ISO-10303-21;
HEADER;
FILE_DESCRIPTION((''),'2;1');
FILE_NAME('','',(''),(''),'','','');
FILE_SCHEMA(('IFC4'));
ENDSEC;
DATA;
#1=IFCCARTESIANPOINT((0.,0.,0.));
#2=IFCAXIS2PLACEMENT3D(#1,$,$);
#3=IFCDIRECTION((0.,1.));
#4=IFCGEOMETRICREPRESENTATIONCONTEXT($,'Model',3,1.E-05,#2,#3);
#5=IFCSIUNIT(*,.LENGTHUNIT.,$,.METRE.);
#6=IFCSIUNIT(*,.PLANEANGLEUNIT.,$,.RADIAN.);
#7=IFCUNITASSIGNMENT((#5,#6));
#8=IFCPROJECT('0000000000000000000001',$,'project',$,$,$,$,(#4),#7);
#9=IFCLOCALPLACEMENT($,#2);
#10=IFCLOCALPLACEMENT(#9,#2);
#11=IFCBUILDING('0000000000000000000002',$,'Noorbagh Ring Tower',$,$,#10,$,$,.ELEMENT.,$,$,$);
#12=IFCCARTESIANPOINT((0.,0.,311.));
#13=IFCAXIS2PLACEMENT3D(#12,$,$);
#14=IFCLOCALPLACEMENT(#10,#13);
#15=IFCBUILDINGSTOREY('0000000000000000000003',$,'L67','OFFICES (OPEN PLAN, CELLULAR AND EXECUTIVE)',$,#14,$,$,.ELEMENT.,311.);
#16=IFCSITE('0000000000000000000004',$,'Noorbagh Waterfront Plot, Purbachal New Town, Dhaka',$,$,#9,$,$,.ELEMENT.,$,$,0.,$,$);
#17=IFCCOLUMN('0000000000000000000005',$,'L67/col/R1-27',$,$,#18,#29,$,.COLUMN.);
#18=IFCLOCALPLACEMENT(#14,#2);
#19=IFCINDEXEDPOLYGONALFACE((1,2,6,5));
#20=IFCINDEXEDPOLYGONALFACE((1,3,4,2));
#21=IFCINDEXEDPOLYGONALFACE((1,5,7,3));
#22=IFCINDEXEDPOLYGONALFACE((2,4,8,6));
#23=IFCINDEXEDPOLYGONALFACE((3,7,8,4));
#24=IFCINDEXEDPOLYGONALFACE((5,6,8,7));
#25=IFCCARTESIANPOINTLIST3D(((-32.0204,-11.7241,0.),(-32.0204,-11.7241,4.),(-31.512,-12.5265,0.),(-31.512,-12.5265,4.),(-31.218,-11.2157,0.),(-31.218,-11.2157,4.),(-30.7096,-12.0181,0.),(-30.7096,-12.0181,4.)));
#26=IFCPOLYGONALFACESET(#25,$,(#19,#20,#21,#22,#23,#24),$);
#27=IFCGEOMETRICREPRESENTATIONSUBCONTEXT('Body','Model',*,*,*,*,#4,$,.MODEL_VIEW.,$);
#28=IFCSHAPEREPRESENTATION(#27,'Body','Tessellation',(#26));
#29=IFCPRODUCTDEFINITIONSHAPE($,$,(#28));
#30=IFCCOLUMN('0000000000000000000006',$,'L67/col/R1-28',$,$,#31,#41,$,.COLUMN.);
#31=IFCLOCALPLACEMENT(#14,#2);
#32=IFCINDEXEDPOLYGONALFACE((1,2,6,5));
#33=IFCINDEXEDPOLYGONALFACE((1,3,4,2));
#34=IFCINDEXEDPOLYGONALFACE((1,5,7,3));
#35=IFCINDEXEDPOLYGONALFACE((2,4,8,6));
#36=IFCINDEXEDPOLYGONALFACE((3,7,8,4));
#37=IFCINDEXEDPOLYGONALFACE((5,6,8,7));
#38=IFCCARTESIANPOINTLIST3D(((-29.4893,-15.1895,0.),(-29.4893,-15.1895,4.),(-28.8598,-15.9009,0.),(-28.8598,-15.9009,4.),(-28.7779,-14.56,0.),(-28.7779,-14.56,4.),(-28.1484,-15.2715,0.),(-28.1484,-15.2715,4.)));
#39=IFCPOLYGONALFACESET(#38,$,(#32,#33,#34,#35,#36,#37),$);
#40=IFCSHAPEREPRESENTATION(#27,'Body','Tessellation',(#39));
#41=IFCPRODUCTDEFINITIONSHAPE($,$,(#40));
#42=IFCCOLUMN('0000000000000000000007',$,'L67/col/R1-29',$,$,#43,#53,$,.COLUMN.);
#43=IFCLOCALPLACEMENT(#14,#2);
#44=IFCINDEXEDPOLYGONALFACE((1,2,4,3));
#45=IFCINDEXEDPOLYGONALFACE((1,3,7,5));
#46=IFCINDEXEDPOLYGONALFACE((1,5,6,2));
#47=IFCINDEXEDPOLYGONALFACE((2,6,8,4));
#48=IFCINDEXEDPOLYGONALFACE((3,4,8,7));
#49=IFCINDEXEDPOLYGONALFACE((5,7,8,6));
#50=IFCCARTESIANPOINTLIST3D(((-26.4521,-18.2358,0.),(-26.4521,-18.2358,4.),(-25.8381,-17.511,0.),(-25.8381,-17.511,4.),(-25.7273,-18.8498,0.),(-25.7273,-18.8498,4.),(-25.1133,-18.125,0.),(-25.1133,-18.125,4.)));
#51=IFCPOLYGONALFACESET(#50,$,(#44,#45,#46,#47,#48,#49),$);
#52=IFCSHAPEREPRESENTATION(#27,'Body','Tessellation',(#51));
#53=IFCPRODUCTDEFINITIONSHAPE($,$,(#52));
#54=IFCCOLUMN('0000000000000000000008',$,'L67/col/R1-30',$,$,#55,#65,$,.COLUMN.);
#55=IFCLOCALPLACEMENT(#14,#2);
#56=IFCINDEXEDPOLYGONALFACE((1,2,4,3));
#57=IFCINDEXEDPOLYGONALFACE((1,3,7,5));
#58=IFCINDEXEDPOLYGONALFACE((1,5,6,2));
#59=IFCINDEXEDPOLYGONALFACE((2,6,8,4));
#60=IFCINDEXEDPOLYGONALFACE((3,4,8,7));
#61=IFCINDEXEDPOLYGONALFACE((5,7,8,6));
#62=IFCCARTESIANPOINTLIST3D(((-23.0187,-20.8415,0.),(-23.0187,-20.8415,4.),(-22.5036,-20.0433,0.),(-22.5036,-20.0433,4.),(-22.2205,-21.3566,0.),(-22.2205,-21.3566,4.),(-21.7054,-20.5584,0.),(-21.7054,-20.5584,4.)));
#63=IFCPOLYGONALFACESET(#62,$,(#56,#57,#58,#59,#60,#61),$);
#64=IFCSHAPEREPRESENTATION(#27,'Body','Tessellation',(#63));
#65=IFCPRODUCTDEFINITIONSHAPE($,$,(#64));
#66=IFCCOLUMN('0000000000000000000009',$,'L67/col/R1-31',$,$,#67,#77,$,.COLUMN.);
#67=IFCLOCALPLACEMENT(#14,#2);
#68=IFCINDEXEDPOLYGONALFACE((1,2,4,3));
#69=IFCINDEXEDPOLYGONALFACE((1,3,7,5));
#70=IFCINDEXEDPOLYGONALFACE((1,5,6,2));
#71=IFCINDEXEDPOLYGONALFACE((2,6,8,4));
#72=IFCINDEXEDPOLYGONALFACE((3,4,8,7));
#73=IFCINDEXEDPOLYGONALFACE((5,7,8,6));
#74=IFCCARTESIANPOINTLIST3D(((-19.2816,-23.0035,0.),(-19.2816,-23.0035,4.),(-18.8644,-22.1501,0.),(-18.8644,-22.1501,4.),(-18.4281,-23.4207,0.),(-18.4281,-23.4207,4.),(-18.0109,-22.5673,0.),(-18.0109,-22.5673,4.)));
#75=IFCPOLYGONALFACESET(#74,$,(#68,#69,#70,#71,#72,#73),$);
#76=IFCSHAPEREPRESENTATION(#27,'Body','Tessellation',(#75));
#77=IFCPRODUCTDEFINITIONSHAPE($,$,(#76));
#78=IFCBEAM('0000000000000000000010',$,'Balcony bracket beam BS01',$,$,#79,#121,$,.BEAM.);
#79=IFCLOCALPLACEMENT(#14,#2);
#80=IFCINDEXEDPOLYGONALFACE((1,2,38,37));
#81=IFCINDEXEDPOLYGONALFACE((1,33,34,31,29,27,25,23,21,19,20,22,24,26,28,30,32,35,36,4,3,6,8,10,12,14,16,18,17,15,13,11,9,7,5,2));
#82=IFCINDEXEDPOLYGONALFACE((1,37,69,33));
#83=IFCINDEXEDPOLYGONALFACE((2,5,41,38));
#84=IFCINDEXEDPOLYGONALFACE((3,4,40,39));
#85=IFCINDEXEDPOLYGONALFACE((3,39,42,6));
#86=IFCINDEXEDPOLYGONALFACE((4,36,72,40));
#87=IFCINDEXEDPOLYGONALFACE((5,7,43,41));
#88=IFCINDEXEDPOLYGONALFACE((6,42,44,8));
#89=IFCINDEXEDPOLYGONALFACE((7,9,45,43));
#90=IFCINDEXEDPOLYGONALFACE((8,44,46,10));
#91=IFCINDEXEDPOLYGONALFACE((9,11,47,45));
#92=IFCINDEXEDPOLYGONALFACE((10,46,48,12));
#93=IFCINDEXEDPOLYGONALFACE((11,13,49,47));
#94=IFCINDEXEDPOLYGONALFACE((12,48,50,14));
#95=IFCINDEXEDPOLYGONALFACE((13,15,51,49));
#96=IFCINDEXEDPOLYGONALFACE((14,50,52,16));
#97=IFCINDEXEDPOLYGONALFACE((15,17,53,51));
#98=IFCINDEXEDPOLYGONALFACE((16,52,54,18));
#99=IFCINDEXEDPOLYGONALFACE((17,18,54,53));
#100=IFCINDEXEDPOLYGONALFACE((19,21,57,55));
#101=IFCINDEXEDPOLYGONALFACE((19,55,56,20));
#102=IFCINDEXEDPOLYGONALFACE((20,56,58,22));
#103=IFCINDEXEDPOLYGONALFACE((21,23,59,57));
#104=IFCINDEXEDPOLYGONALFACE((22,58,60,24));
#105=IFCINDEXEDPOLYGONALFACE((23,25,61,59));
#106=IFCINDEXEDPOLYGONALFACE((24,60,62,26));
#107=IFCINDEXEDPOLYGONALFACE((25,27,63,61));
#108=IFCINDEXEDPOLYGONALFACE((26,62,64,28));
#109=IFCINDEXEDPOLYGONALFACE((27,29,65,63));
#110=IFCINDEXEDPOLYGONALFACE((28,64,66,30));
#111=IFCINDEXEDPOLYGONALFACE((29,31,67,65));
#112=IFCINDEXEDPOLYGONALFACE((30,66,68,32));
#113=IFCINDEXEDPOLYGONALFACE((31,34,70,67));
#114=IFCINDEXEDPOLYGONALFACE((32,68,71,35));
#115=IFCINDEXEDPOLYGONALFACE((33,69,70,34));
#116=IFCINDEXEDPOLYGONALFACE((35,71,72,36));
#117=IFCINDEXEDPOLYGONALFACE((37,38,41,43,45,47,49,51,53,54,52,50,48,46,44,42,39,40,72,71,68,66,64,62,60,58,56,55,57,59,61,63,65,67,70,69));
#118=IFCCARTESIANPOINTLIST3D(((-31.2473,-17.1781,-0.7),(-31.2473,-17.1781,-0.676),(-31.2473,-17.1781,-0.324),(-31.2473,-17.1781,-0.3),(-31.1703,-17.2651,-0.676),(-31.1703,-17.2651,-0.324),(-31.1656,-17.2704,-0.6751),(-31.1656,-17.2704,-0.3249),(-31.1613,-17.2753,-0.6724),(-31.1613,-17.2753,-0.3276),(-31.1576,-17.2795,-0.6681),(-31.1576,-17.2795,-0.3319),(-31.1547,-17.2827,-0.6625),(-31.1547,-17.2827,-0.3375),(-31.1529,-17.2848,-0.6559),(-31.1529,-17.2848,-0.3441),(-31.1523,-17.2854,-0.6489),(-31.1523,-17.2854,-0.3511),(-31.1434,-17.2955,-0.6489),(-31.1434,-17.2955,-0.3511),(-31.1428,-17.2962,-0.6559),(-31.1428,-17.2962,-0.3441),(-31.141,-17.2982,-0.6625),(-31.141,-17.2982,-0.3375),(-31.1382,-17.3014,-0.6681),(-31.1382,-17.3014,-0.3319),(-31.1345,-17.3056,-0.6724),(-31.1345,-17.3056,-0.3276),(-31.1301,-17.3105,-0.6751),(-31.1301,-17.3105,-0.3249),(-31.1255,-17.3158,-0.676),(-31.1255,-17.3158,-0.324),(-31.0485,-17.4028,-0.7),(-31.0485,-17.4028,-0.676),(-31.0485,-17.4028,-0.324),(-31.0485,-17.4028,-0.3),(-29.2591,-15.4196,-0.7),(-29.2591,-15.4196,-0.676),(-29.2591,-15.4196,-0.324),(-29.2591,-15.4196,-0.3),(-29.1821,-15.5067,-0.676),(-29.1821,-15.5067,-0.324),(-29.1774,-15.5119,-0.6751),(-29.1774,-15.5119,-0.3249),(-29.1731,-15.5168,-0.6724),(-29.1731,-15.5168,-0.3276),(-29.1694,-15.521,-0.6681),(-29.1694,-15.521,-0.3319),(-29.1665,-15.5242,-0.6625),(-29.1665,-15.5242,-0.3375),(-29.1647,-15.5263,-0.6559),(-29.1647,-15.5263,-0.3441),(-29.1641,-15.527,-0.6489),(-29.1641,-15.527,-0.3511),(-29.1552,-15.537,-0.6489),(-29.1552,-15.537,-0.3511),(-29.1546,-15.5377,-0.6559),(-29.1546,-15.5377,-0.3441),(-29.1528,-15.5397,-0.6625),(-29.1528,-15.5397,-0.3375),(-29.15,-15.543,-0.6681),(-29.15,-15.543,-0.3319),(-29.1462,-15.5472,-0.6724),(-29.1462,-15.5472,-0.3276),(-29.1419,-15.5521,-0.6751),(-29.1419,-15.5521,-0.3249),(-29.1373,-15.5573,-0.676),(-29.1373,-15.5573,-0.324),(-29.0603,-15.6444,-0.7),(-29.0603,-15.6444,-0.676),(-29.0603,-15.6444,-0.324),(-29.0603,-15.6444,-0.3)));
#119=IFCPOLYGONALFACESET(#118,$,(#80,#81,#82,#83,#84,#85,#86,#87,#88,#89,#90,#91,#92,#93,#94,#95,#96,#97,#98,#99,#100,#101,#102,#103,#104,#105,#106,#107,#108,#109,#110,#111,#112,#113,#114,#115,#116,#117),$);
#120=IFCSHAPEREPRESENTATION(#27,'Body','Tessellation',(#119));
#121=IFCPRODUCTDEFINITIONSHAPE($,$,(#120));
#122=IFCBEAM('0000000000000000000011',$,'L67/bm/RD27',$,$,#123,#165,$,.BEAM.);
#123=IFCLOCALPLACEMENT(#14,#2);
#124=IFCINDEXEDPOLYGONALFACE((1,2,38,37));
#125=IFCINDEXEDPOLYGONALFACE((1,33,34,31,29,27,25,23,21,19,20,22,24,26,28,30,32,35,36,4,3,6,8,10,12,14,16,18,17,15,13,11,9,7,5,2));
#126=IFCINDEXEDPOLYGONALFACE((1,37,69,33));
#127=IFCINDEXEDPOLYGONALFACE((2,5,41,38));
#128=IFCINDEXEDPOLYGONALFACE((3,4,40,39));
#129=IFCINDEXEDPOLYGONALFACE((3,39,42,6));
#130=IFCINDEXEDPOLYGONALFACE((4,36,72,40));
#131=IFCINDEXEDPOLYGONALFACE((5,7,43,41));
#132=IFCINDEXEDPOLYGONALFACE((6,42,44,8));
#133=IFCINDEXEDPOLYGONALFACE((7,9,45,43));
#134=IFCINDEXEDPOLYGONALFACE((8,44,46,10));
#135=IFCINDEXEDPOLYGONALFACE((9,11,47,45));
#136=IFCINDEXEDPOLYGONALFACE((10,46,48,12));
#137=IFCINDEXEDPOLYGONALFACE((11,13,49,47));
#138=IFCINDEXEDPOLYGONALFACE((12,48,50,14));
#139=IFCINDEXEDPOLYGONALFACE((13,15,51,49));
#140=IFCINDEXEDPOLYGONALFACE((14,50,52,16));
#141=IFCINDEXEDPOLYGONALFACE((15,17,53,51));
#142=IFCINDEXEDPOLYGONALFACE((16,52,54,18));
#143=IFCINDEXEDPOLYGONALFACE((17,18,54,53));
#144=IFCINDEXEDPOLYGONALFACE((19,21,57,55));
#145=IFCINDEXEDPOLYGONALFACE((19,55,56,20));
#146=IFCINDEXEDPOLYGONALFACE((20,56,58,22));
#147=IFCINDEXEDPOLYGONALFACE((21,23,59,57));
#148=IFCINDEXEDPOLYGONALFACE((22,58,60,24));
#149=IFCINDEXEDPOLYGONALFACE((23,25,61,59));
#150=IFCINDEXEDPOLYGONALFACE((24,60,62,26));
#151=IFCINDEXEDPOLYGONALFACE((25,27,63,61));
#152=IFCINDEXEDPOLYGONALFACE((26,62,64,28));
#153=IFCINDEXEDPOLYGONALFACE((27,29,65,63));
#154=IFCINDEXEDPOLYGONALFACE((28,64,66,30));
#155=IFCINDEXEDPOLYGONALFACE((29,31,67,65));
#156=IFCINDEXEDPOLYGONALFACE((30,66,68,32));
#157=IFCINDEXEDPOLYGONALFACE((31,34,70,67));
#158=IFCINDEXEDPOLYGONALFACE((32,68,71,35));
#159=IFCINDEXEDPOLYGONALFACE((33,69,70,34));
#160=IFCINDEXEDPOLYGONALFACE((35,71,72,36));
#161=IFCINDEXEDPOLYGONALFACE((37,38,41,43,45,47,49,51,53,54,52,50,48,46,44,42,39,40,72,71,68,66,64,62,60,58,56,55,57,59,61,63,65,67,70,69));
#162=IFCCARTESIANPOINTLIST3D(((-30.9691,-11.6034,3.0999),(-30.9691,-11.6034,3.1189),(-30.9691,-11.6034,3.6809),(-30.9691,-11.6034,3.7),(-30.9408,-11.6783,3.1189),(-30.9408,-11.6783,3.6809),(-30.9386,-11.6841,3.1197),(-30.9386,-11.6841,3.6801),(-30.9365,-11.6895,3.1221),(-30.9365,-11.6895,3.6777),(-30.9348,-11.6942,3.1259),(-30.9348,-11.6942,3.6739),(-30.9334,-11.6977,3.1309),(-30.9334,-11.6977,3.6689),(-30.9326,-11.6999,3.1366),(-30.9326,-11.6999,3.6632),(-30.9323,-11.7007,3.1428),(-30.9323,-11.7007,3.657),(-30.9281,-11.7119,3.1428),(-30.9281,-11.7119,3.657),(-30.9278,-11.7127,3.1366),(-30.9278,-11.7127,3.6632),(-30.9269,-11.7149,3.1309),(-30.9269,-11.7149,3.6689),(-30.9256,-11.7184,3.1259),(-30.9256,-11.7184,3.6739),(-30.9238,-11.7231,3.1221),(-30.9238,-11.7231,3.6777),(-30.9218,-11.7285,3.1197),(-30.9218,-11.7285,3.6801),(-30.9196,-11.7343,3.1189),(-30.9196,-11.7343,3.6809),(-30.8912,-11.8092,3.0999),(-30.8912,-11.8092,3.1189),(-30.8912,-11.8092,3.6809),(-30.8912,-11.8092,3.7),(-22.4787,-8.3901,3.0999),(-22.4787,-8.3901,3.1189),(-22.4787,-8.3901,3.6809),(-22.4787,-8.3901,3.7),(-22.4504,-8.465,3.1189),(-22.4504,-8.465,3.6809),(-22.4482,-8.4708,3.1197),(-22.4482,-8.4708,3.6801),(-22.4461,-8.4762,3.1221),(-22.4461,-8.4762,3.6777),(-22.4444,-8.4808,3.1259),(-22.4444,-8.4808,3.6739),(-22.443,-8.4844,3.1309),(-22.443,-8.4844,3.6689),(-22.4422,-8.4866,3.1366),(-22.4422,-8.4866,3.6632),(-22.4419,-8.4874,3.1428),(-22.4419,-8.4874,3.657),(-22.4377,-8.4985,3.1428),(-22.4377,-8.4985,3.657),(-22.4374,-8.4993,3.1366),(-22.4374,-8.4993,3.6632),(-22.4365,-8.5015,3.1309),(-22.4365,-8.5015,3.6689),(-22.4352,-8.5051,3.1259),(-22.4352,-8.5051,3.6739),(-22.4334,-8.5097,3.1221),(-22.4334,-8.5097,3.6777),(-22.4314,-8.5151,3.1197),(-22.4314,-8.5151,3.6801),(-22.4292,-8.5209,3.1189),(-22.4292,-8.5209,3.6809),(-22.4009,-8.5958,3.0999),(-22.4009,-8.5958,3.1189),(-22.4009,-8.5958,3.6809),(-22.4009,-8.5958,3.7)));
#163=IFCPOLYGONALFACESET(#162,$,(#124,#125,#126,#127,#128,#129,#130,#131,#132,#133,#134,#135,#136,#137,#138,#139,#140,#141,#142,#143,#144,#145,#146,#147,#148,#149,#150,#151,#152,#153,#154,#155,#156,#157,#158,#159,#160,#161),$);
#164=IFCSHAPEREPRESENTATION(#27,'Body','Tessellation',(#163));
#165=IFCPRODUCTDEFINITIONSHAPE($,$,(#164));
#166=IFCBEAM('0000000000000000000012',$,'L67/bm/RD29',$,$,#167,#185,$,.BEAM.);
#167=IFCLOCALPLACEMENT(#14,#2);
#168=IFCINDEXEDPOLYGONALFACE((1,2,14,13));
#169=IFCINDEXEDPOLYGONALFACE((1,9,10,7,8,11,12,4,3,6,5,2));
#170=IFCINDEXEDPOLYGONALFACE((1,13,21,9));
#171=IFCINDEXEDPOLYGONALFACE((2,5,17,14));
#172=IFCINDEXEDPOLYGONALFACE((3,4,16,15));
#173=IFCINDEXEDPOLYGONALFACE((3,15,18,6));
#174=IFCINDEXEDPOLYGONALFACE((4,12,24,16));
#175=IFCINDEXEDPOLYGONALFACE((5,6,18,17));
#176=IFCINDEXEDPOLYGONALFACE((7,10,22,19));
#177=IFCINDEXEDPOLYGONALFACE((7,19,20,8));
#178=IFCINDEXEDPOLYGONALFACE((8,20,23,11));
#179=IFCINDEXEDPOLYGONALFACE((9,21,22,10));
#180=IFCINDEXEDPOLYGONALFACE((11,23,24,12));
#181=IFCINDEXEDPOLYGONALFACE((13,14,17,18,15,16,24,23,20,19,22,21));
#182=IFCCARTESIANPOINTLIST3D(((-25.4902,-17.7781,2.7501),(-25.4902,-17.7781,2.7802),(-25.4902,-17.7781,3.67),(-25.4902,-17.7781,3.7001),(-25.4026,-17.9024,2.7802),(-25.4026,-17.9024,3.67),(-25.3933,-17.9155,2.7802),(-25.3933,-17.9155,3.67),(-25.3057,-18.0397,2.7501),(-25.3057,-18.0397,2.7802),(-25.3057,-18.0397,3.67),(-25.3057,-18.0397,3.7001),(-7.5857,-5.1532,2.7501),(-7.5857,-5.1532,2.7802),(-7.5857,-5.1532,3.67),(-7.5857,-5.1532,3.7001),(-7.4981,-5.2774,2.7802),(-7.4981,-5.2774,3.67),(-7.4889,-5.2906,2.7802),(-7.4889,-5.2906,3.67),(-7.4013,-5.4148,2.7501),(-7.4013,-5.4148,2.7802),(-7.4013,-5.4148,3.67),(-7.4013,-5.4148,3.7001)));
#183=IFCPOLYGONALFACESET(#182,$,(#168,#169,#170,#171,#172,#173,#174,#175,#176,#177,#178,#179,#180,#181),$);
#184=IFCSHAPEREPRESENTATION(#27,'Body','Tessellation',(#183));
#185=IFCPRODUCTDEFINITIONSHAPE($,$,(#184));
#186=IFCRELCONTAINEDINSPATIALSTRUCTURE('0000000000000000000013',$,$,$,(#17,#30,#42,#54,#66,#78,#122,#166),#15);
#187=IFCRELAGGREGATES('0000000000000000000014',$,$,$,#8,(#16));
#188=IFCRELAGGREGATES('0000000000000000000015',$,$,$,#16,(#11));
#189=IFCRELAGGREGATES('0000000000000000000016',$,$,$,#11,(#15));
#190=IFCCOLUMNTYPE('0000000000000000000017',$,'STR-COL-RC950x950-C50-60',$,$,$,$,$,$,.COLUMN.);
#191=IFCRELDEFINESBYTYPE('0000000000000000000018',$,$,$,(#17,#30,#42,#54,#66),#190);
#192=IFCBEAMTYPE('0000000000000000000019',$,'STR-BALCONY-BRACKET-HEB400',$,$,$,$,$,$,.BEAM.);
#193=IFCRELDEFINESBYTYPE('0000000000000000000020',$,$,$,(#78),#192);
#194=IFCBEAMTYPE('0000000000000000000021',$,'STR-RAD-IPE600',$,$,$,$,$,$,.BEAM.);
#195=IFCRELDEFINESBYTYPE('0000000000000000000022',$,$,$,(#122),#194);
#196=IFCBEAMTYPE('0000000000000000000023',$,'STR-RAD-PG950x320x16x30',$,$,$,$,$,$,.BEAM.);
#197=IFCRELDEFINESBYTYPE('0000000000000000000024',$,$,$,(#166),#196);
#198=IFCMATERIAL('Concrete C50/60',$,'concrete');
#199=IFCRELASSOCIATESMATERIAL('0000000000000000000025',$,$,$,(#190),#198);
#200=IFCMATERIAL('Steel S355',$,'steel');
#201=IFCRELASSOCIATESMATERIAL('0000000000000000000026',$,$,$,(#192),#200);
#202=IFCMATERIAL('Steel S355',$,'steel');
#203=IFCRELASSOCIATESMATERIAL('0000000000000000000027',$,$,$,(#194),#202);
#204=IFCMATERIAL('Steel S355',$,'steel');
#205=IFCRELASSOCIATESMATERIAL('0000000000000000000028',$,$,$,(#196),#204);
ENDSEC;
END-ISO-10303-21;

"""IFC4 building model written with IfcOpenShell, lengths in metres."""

from ifc_helpers import new_model, si_unit, direction, frame, origin, origin_2d, place, context, subcontext, project, spatial, rectangle, i_section, extrude, material, material_profile, profile_set, type_object, element, save


model = new_model("IFC4")

# Units and contexts
model_context = context("Model", 3, precision=1e-05, world=origin(), true_north=direction((0.0, 1.0)))
body_context = subcontext(model_context, "Body", "Model", "MODEL_VIEW")
ifc_project = project(units=[si_unit("LENGTHUNIT", "METRE"), si_unit("PLANEANGLEUNIT", "RADIAN")], contexts=[model_context])

# Site, building, storey
site_placement = place(None, origin())
site = spatial("IfcSite", under=ifc_project, at=site_placement, Name="Noorbagh Waterfront Plot, Purbachal New Town, Dhaka", CompositionType="ELEMENT", RefElevation=0.0)
building_placement = place(site_placement, origin())
building = spatial("IfcBuilding", under=site, at=building_placement, Name="Noorbagh Ring Tower", CompositionType="ELEMENT")
storey_placement = place(building_placement, frame((0.0, 0.0, 311.0)))
storey = spatial("IfcBuildingStorey", under=building, at=storey_placement, Name="L67", Description="OFFICES (OPEN PLAN, CELLULAR AND EXECUTIVE)", CompositionType="ELEMENT", Elevation=311.0)

# Columns
ifc_material_1 = material(Name="Concrete C50/60", Category="concrete")
ifc_material_profile_1 = material_profile(ifc_material_1, rectangle(XDim=0.95, YDim=0.95, at=origin_2d()), Name="RC950x950")
ifc_profile_set_1 = profile_set([ifc_material_profile_1], Name="Concrete C50/60")
column_type = type_object("IfcColumnType", Name="STR-COL-RC950x950-C50-60", PredefinedType="COLUMN", material=ifc_profile_set_1)
for number, where, z_axis, x_axis, name in (
    (1, (-31.365, -11.8711, 0.0), (0.0, 0.0, 1.0), (0.53519, -0.844731, 0.0), "L67/col/R1-27"),
    (2, (-28.8188, -15.2305, 0.0), (0.0, 0.0, 1.0), (0.662636, -0.748942, 0.0), "L67/col/R1-28"),
    (3, (-25.7827, -18.1804, 0.0), (0.0, 0.0, 1.0), (0.763035, -0.646357, 0.0), "L67/col/R1-29"),
    (4, (-22.3621, -20.7, 0.0), (0.0, 0.0, 1.0), (0.840248, -0.542203, 0.0), "L67/col/R1-30"),
    (5, (-18.6462, -22.7854, 0.0), (0.0, 0.0, 1.0), (0.898399, -0.43918, 0.0), "L67/col/R1-31"),
):
    element("IfcColumn", number, at=place(storey_placement, frame(where, z_axis=z_axis, x_axis=x_axis)), inside=storey, type_object=column_type, Name=name, PredefinedType="COLUMN", context=body_context, shape_type="SweptSolid", body=[
        extrude(rectangle(XDim=0.95, YDim=0.95, at=origin_2d()), origin(), (0.0, 0.0, 1.0), 4.0),
    ])

# Beams
ifc_material_2 = material(Name="Steel S355", Category="steel")
ifc_material_profile_2 = material_profile(ifc_material_2, i_section(OverallWidth=0.3, OverallDepth=0.3999, WebThickness=0.0134, FlangeThickness=0.0239, FilletRadius=0.0271, at=origin_2d()), Name="HEB400")
ifc_profile_set_2 = profile_set([ifc_material_profile_2], Name="Steel S355")
beam_type_1 = type_object("IfcBeamType", Name="STR-BALCONY-BRACKET-HEB400", PredefinedType="BEAM", material=ifc_profile_set_2)
beam_1_placement = place(storey_placement, frame((-29.1597, -15.532, -0.5), z_axis=(-0.749056, -0.662506, 0.0), x_axis=(0.662506, -0.749056, 0.0)))
element("IfcBeam", 6, at=beam_1_placement, inside=storey, type_object=beam_type_1, Name="Balcony bracket beam BS01", PredefinedType="BEAM", context=body_context, shape_type="SweptSolid", body=[
    extrude(i_section(OverallWidth=0.3, OverallDepth=0.3999, WebThickness=0.0134, FlangeThickness=0.0239, FilletRadius=0.0271, at=origin_2d()), origin(), (0.0, 0.0, 1.0), 2.6543),
])
ifc_material_3 = material(Name="Steel S355", Category="steel")
ifc_material_profile_3 = material_profile(ifc_material_3, i_section(OverallWidth=0.22, OverallDepth=0.6001, WebThickness=0.012, FlangeThickness=0.019, FilletRadius=0.0239, at=origin_2d()), Name="IPE600")
ifc_profile_set_3 = profile_set([ifc_material_profile_3], Name="Steel S355")
beam_type_2 = type_object("IfcBeamType", Name="STR-RAD-IPE600", PredefinedType="BEAM", material=ifc_profile_set_3)
beam_2_placement = place(storey_placement, frame((-30.9302, -11.7063, 3.3999), z_axis=(0.935258, 0.353966, 0.0), x_axis=(-0.353966, 0.935258, 0.0)))
element("IfcBeam", 7, at=beam_2_placement, inside=storey, type_object=beam_type_2, Name="L67/bm/RD27", PredefinedType="BEAM", context=body_context, shape_type="SweptSolid", body=[
    extrude(i_section(OverallWidth=0.22, OverallDepth=0.6001, WebThickness=0.012, FlangeThickness=0.019, FilletRadius=0.0239, at=origin_2d()), origin(), (0.0, 0.0, 1.0), 9.0781),
])
ifc_material_4 = material(Name="Steel S355", Category="steel")
ifc_material_profile_4 = material_profile(ifc_material_4, i_section(OverallWidth=0.3201, OverallDepth=0.95, WebThickness=0.0161, FlangeThickness=0.03, at=origin_2d()), Name="PG950x320x16x30")
ifc_profile_set_4 = profile_set([ifc_material_profile_4], Name="Steel S355")
beam_type_3 = type_object("IfcBeamType", Name="STR-RAD-PG950x320x16x30", PredefinedType="BEAM", material=ifc_profile_set_4)
beam_3_placement = place(storey_placement, frame((-25.3979, -17.9089, 3.2251), z_axis=(0.817258, 0.576272, 0.0), x_axis=(-0.576272, 0.817258, 0.0)))
element("IfcBeam", 8, at=beam_3_placement, inside=storey, type_object=beam_type_3, Name="L67/bm/RD29", PredefinedType="BEAM", context=body_context, shape_type="SweptSolid", body=[
    extrude(i_section(OverallWidth=0.3201, OverallDepth=0.95, WebThickness=0.0161, FlangeThickness=0.03, at=origin_2d()), origin(), (0.0, 0.0, 1.0), 21.908),
])

save(model, "model.ifc")
